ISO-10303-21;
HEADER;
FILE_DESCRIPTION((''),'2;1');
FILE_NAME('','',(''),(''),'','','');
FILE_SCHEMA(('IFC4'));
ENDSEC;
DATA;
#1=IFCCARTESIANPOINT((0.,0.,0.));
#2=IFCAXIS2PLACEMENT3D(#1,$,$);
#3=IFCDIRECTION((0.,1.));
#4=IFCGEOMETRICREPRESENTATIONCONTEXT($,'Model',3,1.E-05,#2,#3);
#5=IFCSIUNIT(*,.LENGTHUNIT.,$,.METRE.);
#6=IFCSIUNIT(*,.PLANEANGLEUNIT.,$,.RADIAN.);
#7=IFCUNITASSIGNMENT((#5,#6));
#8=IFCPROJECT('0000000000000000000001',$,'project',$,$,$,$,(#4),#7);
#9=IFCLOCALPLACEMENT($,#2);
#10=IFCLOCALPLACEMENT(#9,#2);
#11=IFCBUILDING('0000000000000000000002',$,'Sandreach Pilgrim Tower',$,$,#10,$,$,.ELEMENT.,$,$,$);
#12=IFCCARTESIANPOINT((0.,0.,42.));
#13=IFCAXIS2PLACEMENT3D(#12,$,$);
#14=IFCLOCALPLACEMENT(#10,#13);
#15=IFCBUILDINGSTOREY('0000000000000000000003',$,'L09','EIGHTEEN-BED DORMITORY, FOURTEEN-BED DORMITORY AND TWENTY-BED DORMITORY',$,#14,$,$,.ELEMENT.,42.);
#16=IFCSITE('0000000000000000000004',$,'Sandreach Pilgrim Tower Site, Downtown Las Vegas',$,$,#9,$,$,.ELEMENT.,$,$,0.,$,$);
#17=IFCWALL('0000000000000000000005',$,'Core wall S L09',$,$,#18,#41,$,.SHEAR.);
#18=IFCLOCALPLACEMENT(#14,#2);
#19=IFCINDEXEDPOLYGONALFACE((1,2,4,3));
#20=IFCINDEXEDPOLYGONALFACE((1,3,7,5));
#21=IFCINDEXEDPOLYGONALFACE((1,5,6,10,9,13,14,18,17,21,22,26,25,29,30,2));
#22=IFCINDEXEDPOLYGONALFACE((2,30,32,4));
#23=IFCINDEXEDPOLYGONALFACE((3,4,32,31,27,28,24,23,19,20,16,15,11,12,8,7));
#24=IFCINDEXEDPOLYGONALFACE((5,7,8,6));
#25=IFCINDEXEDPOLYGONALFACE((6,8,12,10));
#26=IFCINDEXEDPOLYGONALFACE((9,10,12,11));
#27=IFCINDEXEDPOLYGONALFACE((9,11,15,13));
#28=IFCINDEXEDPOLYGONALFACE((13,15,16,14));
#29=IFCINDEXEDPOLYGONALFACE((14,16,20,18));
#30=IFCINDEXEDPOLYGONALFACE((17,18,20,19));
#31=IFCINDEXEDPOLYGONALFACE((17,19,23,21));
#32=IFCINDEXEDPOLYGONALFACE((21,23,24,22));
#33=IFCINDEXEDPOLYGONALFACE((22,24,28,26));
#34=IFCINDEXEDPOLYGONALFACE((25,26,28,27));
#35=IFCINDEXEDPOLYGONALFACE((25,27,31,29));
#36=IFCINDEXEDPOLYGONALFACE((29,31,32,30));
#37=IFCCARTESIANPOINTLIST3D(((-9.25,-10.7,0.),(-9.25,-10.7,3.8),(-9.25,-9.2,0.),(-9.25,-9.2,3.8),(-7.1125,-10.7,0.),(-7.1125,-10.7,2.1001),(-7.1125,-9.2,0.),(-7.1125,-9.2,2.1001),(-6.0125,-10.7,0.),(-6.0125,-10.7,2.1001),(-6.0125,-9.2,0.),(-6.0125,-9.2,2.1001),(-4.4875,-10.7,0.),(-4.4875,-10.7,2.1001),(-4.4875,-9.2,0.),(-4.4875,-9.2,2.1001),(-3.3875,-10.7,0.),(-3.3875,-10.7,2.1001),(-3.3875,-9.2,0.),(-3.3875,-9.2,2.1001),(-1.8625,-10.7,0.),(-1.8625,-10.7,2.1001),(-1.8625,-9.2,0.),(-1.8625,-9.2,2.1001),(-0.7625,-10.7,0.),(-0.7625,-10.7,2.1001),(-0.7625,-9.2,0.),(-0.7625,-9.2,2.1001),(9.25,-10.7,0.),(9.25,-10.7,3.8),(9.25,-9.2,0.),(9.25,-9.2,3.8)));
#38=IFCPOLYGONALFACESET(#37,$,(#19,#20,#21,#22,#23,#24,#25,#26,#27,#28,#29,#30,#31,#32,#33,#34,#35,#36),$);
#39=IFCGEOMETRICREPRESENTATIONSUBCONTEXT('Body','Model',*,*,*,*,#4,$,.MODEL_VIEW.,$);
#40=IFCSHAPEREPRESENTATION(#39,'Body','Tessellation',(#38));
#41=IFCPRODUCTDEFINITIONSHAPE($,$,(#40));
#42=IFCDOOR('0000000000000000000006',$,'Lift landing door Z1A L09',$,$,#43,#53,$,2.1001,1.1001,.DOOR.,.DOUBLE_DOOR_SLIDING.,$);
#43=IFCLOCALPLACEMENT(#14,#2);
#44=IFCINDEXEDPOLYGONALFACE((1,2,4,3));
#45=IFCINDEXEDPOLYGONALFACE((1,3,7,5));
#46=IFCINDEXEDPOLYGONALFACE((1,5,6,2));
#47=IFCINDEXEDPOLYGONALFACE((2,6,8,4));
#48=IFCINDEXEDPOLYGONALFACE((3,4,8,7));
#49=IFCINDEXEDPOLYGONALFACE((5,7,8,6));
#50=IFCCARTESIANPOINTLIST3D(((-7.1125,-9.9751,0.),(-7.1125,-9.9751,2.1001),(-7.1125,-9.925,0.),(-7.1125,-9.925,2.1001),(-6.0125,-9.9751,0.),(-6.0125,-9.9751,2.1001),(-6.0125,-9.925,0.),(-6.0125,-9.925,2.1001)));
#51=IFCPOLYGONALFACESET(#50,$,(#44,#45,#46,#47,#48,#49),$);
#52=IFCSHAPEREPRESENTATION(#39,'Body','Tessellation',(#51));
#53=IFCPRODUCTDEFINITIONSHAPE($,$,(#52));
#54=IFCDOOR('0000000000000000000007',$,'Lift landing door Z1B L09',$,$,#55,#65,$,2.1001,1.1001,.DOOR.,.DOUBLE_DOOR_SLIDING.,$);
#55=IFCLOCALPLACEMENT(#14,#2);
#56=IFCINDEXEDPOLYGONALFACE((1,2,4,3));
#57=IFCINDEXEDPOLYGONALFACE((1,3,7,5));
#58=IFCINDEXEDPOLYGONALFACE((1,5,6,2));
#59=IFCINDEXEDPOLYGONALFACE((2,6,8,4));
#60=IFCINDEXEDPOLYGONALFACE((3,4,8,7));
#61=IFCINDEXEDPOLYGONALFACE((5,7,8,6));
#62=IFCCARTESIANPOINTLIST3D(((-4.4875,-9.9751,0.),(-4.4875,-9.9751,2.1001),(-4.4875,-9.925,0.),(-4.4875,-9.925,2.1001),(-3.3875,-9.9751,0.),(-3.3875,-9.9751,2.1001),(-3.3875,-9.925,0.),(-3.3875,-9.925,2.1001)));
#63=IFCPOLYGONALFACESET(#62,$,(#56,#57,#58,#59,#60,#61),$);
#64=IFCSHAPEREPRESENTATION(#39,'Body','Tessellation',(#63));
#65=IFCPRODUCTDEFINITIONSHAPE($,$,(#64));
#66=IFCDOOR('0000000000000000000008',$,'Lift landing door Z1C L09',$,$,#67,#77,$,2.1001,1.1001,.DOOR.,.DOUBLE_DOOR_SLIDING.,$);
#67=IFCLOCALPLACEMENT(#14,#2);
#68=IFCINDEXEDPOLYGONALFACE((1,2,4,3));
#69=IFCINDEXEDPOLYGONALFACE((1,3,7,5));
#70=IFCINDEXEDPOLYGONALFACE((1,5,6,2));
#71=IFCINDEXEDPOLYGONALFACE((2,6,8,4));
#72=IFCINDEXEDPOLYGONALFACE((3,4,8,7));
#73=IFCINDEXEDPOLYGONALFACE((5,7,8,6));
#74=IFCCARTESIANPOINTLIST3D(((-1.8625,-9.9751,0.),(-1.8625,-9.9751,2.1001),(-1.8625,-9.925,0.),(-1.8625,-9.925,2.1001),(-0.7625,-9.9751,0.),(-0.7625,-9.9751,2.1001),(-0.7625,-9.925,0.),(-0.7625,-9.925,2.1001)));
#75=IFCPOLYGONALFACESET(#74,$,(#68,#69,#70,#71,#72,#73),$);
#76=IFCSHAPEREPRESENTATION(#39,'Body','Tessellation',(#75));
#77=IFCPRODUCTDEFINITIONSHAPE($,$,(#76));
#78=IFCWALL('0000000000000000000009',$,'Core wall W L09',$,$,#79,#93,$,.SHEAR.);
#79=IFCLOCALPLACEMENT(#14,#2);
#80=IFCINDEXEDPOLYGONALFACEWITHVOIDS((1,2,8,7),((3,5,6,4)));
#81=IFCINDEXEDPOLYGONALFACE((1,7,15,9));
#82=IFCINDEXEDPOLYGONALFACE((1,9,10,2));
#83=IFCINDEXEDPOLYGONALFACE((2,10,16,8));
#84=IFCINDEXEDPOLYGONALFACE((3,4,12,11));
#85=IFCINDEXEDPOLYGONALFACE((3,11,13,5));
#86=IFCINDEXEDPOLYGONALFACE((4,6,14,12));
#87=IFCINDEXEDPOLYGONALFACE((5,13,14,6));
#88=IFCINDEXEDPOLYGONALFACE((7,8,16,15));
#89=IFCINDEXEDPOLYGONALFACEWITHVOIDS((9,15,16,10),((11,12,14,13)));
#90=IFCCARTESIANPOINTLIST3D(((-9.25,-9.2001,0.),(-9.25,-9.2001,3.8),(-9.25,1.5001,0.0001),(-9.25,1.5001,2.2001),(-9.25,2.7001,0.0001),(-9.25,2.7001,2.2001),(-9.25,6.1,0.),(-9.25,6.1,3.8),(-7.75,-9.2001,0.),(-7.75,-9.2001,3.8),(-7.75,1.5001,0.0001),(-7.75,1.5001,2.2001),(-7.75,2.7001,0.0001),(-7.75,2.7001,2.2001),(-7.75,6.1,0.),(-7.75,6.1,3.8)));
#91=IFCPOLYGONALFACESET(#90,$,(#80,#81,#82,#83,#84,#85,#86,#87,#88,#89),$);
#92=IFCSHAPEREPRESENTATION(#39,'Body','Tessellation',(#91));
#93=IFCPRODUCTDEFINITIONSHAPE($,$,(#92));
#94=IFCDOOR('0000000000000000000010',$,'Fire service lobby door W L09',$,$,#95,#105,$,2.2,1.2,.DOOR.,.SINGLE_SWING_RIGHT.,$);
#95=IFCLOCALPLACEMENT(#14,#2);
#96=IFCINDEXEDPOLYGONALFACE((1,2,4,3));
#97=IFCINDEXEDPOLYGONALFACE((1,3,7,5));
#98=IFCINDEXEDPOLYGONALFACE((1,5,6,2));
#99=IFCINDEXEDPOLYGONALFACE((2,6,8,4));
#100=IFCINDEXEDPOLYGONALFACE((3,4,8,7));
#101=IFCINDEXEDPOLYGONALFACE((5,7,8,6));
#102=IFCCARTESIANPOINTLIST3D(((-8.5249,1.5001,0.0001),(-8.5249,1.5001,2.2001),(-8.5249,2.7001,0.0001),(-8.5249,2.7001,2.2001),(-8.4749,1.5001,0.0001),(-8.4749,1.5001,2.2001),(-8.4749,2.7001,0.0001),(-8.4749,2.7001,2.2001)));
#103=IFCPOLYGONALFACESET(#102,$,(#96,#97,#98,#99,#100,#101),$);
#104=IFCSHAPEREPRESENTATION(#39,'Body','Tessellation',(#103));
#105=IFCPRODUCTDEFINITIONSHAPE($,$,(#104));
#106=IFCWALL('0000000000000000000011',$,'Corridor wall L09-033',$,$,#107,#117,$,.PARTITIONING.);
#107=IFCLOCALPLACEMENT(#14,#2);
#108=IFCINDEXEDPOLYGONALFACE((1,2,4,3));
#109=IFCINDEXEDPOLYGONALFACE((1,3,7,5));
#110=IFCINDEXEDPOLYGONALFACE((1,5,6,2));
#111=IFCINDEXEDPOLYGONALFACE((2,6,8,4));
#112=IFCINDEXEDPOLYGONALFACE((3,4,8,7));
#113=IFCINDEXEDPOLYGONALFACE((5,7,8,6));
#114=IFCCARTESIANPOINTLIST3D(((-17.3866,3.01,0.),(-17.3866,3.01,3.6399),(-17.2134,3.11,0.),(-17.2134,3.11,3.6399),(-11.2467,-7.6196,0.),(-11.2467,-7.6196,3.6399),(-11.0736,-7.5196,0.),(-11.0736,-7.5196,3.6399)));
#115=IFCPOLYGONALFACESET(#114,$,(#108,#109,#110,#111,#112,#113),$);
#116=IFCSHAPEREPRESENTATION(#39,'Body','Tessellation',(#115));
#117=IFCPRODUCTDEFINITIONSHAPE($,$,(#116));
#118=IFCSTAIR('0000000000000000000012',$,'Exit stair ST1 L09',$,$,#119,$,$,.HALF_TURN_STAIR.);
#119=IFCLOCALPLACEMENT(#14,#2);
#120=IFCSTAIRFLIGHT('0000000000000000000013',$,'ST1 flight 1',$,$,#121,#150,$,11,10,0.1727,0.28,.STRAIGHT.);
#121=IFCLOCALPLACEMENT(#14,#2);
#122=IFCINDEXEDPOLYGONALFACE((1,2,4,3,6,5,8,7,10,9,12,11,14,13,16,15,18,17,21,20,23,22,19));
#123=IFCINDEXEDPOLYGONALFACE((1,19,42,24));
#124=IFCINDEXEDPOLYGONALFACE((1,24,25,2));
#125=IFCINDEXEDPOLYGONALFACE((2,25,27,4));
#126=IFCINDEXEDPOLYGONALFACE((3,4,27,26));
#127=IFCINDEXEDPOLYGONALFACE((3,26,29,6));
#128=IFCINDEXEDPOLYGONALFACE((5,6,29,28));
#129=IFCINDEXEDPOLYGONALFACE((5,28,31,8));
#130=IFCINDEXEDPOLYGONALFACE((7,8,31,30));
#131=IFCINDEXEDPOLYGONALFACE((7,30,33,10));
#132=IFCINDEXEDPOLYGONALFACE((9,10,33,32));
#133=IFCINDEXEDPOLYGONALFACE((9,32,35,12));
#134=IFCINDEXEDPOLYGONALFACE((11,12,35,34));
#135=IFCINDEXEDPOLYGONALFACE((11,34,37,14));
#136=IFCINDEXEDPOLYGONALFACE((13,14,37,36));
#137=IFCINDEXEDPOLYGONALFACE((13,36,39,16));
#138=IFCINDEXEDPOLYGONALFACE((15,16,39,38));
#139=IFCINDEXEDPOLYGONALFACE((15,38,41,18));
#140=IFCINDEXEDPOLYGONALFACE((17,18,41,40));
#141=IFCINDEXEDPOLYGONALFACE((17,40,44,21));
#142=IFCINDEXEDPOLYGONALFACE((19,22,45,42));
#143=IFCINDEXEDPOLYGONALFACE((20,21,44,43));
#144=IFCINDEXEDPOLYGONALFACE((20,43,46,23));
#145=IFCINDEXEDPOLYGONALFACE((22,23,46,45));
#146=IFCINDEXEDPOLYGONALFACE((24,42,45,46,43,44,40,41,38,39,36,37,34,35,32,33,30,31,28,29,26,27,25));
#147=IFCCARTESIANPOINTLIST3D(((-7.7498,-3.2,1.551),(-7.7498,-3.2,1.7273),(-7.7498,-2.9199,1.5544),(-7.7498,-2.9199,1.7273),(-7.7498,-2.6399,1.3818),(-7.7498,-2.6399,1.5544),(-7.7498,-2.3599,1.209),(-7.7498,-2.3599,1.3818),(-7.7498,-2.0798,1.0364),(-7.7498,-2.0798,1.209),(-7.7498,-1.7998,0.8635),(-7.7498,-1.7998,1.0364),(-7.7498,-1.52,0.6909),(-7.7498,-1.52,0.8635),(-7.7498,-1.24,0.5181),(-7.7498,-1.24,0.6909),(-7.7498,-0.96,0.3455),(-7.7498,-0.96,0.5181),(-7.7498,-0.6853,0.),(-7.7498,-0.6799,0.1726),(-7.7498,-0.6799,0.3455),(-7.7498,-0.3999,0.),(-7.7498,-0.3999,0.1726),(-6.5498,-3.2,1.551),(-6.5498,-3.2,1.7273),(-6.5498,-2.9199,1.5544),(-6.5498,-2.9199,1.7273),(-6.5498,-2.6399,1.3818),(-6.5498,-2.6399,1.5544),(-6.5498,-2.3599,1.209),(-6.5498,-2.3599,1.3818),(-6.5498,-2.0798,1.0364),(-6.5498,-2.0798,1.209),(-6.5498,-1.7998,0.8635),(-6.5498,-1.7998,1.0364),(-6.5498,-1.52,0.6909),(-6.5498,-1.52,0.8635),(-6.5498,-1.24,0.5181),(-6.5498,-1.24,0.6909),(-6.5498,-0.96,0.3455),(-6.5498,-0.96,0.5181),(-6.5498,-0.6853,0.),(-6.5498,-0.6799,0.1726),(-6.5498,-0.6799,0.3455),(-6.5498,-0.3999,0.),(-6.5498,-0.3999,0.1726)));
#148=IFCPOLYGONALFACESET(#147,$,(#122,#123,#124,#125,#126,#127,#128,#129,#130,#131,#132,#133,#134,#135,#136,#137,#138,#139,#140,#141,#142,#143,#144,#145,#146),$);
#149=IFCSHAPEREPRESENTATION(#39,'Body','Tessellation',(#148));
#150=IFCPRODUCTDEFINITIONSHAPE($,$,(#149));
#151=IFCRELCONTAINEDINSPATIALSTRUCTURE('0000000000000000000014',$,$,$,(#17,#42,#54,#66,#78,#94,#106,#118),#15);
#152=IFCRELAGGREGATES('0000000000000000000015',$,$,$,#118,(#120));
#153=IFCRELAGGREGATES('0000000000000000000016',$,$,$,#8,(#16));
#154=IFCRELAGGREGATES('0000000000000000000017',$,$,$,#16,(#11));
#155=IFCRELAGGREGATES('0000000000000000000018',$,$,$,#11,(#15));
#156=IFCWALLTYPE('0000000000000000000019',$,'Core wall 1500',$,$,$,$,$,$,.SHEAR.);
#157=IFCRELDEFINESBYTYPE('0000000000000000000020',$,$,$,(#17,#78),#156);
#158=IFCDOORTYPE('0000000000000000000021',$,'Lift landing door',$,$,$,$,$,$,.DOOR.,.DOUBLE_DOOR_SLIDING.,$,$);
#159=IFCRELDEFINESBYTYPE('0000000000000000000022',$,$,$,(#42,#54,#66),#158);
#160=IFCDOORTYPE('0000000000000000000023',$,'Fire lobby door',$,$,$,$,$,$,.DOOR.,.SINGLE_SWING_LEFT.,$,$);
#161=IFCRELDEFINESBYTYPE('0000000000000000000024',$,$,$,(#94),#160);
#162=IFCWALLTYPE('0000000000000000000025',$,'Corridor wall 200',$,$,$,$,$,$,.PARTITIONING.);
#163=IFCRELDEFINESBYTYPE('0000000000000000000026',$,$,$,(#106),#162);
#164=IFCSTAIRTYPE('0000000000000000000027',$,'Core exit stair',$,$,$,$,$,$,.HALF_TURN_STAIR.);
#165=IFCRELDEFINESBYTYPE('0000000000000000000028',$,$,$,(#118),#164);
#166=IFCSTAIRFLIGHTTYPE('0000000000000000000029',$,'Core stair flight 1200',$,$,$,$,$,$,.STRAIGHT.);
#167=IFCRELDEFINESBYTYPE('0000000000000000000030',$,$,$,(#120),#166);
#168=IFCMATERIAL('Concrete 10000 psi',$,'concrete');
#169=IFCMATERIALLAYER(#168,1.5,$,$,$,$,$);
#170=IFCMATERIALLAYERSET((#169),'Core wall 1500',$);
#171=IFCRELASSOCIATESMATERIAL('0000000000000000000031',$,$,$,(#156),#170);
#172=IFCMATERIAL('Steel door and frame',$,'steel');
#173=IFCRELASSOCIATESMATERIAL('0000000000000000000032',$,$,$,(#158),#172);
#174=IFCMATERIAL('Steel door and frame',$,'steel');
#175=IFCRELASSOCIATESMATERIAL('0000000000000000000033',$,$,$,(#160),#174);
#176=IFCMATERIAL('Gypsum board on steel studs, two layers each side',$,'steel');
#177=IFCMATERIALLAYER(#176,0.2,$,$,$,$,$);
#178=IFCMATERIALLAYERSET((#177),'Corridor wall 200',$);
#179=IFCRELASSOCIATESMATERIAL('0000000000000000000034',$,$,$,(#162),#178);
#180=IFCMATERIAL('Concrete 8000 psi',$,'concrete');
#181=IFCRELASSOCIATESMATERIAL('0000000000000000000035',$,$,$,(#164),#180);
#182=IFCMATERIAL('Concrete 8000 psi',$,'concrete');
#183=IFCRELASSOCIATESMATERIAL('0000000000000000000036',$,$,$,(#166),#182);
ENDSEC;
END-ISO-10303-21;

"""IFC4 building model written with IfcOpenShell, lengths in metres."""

from ifc_helpers import new_model, si_unit, direction, frame, frame_2d, origin, place, context, subcontext, project, spatial, polyline, rectangle, outline, extrude, material, layer, layer_set, type_object, element, fill, aggregate, save


model = new_model("IFC4")

# Units and contexts
model_context = context("Model", 3, precision=1e-05, world=origin(), true_north=direction((0.0, 1.0)))
body_context = subcontext(model_context, "Body", "Model", "MODEL_VIEW")
ifc_project = project(units=[si_unit("LENGTHUNIT", "METRE"), si_unit("PLANEANGLEUNIT", "RADIAN")], contexts=[model_context])

# Site, building, storey
site_placement = place(None, origin())
site = spatial("IfcSite", under=ifc_project, at=site_placement, Name="Sandreach Pilgrim Tower Site, Downtown Las Vegas", CompositionType="ELEMENT", RefElevation=0.0)
building_placement = place(site_placement, origin())
building = spatial("IfcBuilding", under=site, at=building_placement, Name="Sandreach Pilgrim Tower", CompositionType="ELEMENT")
storey_placement = place(building_placement, frame((0.0, 0.0, 42.0)))
storey = spatial("IfcBuildingStorey", under=building, at=storey_placement, Name="L09", Description="EIGHTEEN-BED DORMITORY, FOURTEEN-BED DORMITORY AND TWENTY-BED DORMITORY", CompositionType="ELEMENT", Elevation=42.0)

# Wall, openings, doors
ifc_material_1 = material(Name="Concrete 10000 psi", Category="concrete")
ifc_layer_1 = layer(ifc_material_1, 1.5)
ifc_layer_set_1 = layer_set([ifc_layer_1], Name="Core wall 1500")
wall_type_1 = type_object("IfcWallType", Name="Core wall 1500", PredefinedType="SHEAR", material=ifc_layer_set_1)
wall_1_placement = place(storey_placement, frame((-9.25, -9.95, 0.0), z_axis=(0.0, 0.0, 1.0), x_axis=(1.0, 0.0, 0.0)))
wall_1 = element("IfcWall", 1, at=wall_1_placement, inside=storey, type_object=wall_type_1, Name="Core wall S L09", PredefinedType="SHEAR", context=body_context, shape_type="SweptSolid", body=[
    extrude(rectangle(XDim=18.5, YDim=1.5, at=frame_2d((9.25, 0.0))), origin(), (0.0, 0.0, 1.0), 3.8),
])
opening_1_placement = place(wall_1_placement, frame((2.1375, 0.0, 0.0)))
opening_1 = element("IfcOpeningElement", 2, at=opening_1_placement, cuts=wall_1, PredefinedType="OPENING", context=body_context, shape_type="SweptSolid", body=[
    extrude(rectangle(XDim=1.1001, YDim=2.1001, at=frame_2d((0.55, 1.05))), frame((0.0, 0.75, 0.0), z_axis=(0.0, -1.0, 0.0), x_axis=(1.0, 0.0, 0.0)), (0.0, 0.0, 1.0), 1.5),
])
opening_2_placement = place(wall_1_placement, frame((4.7625, 0.0, 0.0)))
opening_2 = element("IfcOpeningElement", 3, at=opening_2_placement, cuts=wall_1, PredefinedType="OPENING", context=body_context, shape_type="SweptSolid", body=[
    extrude(rectangle(XDim=1.1001, YDim=2.1001, at=frame_2d((0.55, 1.05))), frame((0.0, 0.75, 0.0), z_axis=(0.0, -1.0, 0.0), x_axis=(1.0, 0.0, 0.0)), (0.0, 0.0, 1.0), 1.5),
])
opening_3_placement = place(wall_1_placement, frame((7.3875, 0.0, 0.0)))
opening_3 = element("IfcOpeningElement", 4, at=opening_3_placement, cuts=wall_1, PredefinedType="OPENING", context=body_context, shape_type="SweptSolid", body=[
    extrude(rectangle(XDim=1.1001, YDim=2.1001, at=frame_2d((0.55, 1.05))), frame((0.0, 0.75, 0.0), z_axis=(0.0, -1.0, 0.0), x_axis=(1.0, 0.0, 0.0)), (0.0, 0.0, 1.0), 1.5),
])
ifc_material_2 = material(Name="Steel door and frame", Category="steel")
door_type_1 = type_object("IfcDoorType", Name="Lift landing door", OperationType="DOUBLE_DOOR_SLIDING", PredefinedType="DOOR", material=ifc_material_2)
door_1_placement = place(opening_1_placement, origin())
door_1 = element("IfcDoor", 5, at=door_1_placement, inside=storey, type_object=door_type_1, Name="Lift landing door Z1A L09", OperationType="DOUBLE_DOOR_SLIDING", OverallHeight=2.1001, OverallWidth=1.1001, PredefinedType="DOOR", context=body_context, shape_type="SweptSolid", body=[
    extrude(rectangle(XDim=1.1001, YDim=2.1001, at=frame_2d((0.55, 1.05))), frame((0.0, 0.0249, 0.0), z_axis=(0.0, -1.0, 0.0), x_axis=(1.0, 0.0, 0.0)), (0.0, 0.0, 1.0), 0.05),
])
fill(opening_1, door_1)
door_2_placement = place(opening_2_placement, origin())
door_2 = element("IfcDoor", 6, at=door_2_placement, inside=storey, type_object=door_type_1, Name="Lift landing door Z1B L09", OperationType="DOUBLE_DOOR_SLIDING", OverallHeight=2.1001, OverallWidth=1.1001, PredefinedType="DOOR", context=body_context, shape_type="SweptSolid", body=[
    extrude(rectangle(XDim=1.1001, YDim=2.1001, at=frame_2d((0.55, 1.05))), frame((0.0, 0.0249, 0.0), z_axis=(0.0, -1.0, 0.0), x_axis=(1.0, 0.0, 0.0)), (0.0, 0.0, 1.0), 0.05),
])
fill(opening_2, door_2)
door_3_placement = place(opening_3_placement, origin())
door_3 = element("IfcDoor", 7, at=door_3_placement, inside=storey, type_object=door_type_1, Name="Lift landing door Z1C L09", OperationType="DOUBLE_DOOR_SLIDING", OverallHeight=2.1001, OverallWidth=1.1001, PredefinedType="DOOR", context=body_context, shape_type="SweptSolid", body=[
    extrude(rectangle(XDim=1.1001, YDim=2.1001, at=frame_2d((0.55, 1.05))), frame((0.0, 0.0249, 0.0), z_axis=(0.0, -1.0, 0.0), x_axis=(1.0, 0.0, 0.0)), (0.0, 0.0, 1.0), 0.05),
])
fill(opening_3, door_3)

# Wall, opening, door
wall_2_placement = place(storey_placement, frame((-8.5, -9.2, 0.0), z_axis=(0.0, 0.0, 1.0), x_axis=(0.0, 1.0, 0.0)))
wall_2 = element("IfcWall", 8, at=wall_2_placement, inside=storey, type_object=wall_type_1, Name="Core wall W L09", PredefinedType="SHEAR", context=body_context, shape_type="SweptSolid", body=[
    extrude(rectangle(XDim=15.3, YDim=1.5, at=frame_2d((7.6499, 0.0))), origin(), (0.0, 0.0, 1.0), 3.8),
])
opening_4_placement = place(wall_2_placement, frame((10.7, 0.0, 0.0)))
opening_4 = element("IfcOpeningElement", 9, at=opening_4_placement, cuts=wall_2, PredefinedType="OPENING", context=body_context, shape_type="SweptSolid", body=[
    extrude(rectangle(XDim=1.2, YDim=2.2, at=frame_2d((0.6001, 1.1001))), frame((0.0, 0.75, 0.0), z_axis=(0.0, -1.0, 0.0), x_axis=(1.0, 0.0, 0.0)), (0.0, 0.0, 1.0), 1.5),
])
ifc_material_3 = material(Name="Steel door and frame", Category="steel")
door_type_2 = type_object("IfcDoorType", Name="Fire lobby door", OperationType="SINGLE_SWING_LEFT", PredefinedType="DOOR", material=ifc_material_3)
door_4_placement = place(opening_4_placement, origin())
door_4 = element("IfcDoor", 10, at=door_4_placement, inside=storey, type_object=door_type_2, Name="Fire service lobby door W L09", OperationType="SINGLE_SWING_RIGHT", OverallHeight=2.2, OverallWidth=1.2, PredefinedType="DOOR", context=body_context, shape_type="SweptSolid", body=[
    extrude(rectangle(XDim=1.2, YDim=2.2, at=frame_2d((0.6001, 1.1001))), frame((0.0, 0.0249, 0.0), z_axis=(0.0, -1.0, 0.0), x_axis=(1.0, 0.0, 0.0)), (0.0, 0.0, 1.0), 0.05),
])
fill(opening_4, door_4)
ifc_material_4 = material(Name="Gypsum board on steel studs, two layers each side", Category="steel")
ifc_layer_2 = layer(ifc_material_4, 0.2)
ifc_layer_set_2 = layer_set([ifc_layer_2], Name="Corridor wall 200")
wall_type_2 = type_object("IfcWallType", Name="Corridor wall 200", PredefinedType="PARTITIONING", material=ifc_layer_set_2)

# Wall
wall_3_placement = place(storey_placement, frame((-11.1602, -7.5696, 0.0), z_axis=(0.0, 0.0, 1.0), x_axis=(-0.500175, 0.865924, 0.0)))
element("IfcWall", 11, at=wall_3_placement, inside=storey, type_object=wall_type_2, Name="Corridor wall L09-033", PredefinedType="PARTITIONING", context=body_context, shape_type="SweptSolid", body=[
    extrude(rectangle(XDim=12.2754, YDim=0.2, at=frame_2d((6.1377, 0.0))), origin(), (0.0, 0.0, 1.0), 3.6399),
])

# Stair, stair flight
ifc_material_5 = material(Name="Concrete 8000 psi", Category="concrete")
stair_type = type_object("IfcStairType", Name="Core exit stair", PredefinedType="HALF_TURN_STAIR", material=ifc_material_5)
stair_placement = place(storey_placement, origin())
stair = element("IfcStair", 12, at=stair_placement, inside=storey, type_object=stair_type, Name="Exit stair ST1 L09", PredefinedType="HALF_TURN_STAIR")
ifc_material_6 = material(Name="Concrete 8000 psi", Category="concrete")
stair_flight_type = type_object("IfcStairFlightType", Name="Core stair flight 1200", PredefinedType="STRAIGHT", material=ifc_material_6)
stair_flight_placement = place(storey_placement, frame((-7.1499, -0.3999, 0.0), z_axis=(0.0, 0.0, 1.0), x_axis=(0.0, -1.0, 0.0)))
stair_flight = element("IfcStairFlight", 13, at=stair_flight_placement, type_object=stair_flight_type, Name="ST1 flight 1", NumberOfRisers=11, NumberOfTreads=10, PredefinedType="STRAIGHT", RiserHeight=0.1727, TreadLength=0.28, context=body_context, shape_type="SweptSolid", body=[
    extrude(outline(polyline([(0.0, 0.0), (0.0, 0.1726), (0.28, 0.1726), (0.28, 0.3455), (0.5601, 0.3455), (0.5601, 0.5181), (0.8401, 0.5181), (0.8401, 0.6909), (1.1201, 0.6909), (1.1201, 0.8635), (1.3999, 0.8635), (1.3999, 1.0364), (1.6799, 1.0364), (1.6799, 1.209), (1.96, 1.209), (1.96, 1.3818), (2.24, 1.3818), (2.24, 1.5544), (2.52, 1.5544), (2.52, 1.7273), (2.8, 1.7273), (2.8, 1.8999), (2.8, 1.551), (0.2854, 0.0), (0.0, 0.0)])), frame((0.0, 0.6001, 0.0), z_axis=(0.0, -1.0, 0.0), x_axis=(1.0, 0.0, 0.0)), (0.0, 0.0, 1.0), 1.2),
])
aggregate(stair, [stair_flight])

save(model, "model.ifc")
